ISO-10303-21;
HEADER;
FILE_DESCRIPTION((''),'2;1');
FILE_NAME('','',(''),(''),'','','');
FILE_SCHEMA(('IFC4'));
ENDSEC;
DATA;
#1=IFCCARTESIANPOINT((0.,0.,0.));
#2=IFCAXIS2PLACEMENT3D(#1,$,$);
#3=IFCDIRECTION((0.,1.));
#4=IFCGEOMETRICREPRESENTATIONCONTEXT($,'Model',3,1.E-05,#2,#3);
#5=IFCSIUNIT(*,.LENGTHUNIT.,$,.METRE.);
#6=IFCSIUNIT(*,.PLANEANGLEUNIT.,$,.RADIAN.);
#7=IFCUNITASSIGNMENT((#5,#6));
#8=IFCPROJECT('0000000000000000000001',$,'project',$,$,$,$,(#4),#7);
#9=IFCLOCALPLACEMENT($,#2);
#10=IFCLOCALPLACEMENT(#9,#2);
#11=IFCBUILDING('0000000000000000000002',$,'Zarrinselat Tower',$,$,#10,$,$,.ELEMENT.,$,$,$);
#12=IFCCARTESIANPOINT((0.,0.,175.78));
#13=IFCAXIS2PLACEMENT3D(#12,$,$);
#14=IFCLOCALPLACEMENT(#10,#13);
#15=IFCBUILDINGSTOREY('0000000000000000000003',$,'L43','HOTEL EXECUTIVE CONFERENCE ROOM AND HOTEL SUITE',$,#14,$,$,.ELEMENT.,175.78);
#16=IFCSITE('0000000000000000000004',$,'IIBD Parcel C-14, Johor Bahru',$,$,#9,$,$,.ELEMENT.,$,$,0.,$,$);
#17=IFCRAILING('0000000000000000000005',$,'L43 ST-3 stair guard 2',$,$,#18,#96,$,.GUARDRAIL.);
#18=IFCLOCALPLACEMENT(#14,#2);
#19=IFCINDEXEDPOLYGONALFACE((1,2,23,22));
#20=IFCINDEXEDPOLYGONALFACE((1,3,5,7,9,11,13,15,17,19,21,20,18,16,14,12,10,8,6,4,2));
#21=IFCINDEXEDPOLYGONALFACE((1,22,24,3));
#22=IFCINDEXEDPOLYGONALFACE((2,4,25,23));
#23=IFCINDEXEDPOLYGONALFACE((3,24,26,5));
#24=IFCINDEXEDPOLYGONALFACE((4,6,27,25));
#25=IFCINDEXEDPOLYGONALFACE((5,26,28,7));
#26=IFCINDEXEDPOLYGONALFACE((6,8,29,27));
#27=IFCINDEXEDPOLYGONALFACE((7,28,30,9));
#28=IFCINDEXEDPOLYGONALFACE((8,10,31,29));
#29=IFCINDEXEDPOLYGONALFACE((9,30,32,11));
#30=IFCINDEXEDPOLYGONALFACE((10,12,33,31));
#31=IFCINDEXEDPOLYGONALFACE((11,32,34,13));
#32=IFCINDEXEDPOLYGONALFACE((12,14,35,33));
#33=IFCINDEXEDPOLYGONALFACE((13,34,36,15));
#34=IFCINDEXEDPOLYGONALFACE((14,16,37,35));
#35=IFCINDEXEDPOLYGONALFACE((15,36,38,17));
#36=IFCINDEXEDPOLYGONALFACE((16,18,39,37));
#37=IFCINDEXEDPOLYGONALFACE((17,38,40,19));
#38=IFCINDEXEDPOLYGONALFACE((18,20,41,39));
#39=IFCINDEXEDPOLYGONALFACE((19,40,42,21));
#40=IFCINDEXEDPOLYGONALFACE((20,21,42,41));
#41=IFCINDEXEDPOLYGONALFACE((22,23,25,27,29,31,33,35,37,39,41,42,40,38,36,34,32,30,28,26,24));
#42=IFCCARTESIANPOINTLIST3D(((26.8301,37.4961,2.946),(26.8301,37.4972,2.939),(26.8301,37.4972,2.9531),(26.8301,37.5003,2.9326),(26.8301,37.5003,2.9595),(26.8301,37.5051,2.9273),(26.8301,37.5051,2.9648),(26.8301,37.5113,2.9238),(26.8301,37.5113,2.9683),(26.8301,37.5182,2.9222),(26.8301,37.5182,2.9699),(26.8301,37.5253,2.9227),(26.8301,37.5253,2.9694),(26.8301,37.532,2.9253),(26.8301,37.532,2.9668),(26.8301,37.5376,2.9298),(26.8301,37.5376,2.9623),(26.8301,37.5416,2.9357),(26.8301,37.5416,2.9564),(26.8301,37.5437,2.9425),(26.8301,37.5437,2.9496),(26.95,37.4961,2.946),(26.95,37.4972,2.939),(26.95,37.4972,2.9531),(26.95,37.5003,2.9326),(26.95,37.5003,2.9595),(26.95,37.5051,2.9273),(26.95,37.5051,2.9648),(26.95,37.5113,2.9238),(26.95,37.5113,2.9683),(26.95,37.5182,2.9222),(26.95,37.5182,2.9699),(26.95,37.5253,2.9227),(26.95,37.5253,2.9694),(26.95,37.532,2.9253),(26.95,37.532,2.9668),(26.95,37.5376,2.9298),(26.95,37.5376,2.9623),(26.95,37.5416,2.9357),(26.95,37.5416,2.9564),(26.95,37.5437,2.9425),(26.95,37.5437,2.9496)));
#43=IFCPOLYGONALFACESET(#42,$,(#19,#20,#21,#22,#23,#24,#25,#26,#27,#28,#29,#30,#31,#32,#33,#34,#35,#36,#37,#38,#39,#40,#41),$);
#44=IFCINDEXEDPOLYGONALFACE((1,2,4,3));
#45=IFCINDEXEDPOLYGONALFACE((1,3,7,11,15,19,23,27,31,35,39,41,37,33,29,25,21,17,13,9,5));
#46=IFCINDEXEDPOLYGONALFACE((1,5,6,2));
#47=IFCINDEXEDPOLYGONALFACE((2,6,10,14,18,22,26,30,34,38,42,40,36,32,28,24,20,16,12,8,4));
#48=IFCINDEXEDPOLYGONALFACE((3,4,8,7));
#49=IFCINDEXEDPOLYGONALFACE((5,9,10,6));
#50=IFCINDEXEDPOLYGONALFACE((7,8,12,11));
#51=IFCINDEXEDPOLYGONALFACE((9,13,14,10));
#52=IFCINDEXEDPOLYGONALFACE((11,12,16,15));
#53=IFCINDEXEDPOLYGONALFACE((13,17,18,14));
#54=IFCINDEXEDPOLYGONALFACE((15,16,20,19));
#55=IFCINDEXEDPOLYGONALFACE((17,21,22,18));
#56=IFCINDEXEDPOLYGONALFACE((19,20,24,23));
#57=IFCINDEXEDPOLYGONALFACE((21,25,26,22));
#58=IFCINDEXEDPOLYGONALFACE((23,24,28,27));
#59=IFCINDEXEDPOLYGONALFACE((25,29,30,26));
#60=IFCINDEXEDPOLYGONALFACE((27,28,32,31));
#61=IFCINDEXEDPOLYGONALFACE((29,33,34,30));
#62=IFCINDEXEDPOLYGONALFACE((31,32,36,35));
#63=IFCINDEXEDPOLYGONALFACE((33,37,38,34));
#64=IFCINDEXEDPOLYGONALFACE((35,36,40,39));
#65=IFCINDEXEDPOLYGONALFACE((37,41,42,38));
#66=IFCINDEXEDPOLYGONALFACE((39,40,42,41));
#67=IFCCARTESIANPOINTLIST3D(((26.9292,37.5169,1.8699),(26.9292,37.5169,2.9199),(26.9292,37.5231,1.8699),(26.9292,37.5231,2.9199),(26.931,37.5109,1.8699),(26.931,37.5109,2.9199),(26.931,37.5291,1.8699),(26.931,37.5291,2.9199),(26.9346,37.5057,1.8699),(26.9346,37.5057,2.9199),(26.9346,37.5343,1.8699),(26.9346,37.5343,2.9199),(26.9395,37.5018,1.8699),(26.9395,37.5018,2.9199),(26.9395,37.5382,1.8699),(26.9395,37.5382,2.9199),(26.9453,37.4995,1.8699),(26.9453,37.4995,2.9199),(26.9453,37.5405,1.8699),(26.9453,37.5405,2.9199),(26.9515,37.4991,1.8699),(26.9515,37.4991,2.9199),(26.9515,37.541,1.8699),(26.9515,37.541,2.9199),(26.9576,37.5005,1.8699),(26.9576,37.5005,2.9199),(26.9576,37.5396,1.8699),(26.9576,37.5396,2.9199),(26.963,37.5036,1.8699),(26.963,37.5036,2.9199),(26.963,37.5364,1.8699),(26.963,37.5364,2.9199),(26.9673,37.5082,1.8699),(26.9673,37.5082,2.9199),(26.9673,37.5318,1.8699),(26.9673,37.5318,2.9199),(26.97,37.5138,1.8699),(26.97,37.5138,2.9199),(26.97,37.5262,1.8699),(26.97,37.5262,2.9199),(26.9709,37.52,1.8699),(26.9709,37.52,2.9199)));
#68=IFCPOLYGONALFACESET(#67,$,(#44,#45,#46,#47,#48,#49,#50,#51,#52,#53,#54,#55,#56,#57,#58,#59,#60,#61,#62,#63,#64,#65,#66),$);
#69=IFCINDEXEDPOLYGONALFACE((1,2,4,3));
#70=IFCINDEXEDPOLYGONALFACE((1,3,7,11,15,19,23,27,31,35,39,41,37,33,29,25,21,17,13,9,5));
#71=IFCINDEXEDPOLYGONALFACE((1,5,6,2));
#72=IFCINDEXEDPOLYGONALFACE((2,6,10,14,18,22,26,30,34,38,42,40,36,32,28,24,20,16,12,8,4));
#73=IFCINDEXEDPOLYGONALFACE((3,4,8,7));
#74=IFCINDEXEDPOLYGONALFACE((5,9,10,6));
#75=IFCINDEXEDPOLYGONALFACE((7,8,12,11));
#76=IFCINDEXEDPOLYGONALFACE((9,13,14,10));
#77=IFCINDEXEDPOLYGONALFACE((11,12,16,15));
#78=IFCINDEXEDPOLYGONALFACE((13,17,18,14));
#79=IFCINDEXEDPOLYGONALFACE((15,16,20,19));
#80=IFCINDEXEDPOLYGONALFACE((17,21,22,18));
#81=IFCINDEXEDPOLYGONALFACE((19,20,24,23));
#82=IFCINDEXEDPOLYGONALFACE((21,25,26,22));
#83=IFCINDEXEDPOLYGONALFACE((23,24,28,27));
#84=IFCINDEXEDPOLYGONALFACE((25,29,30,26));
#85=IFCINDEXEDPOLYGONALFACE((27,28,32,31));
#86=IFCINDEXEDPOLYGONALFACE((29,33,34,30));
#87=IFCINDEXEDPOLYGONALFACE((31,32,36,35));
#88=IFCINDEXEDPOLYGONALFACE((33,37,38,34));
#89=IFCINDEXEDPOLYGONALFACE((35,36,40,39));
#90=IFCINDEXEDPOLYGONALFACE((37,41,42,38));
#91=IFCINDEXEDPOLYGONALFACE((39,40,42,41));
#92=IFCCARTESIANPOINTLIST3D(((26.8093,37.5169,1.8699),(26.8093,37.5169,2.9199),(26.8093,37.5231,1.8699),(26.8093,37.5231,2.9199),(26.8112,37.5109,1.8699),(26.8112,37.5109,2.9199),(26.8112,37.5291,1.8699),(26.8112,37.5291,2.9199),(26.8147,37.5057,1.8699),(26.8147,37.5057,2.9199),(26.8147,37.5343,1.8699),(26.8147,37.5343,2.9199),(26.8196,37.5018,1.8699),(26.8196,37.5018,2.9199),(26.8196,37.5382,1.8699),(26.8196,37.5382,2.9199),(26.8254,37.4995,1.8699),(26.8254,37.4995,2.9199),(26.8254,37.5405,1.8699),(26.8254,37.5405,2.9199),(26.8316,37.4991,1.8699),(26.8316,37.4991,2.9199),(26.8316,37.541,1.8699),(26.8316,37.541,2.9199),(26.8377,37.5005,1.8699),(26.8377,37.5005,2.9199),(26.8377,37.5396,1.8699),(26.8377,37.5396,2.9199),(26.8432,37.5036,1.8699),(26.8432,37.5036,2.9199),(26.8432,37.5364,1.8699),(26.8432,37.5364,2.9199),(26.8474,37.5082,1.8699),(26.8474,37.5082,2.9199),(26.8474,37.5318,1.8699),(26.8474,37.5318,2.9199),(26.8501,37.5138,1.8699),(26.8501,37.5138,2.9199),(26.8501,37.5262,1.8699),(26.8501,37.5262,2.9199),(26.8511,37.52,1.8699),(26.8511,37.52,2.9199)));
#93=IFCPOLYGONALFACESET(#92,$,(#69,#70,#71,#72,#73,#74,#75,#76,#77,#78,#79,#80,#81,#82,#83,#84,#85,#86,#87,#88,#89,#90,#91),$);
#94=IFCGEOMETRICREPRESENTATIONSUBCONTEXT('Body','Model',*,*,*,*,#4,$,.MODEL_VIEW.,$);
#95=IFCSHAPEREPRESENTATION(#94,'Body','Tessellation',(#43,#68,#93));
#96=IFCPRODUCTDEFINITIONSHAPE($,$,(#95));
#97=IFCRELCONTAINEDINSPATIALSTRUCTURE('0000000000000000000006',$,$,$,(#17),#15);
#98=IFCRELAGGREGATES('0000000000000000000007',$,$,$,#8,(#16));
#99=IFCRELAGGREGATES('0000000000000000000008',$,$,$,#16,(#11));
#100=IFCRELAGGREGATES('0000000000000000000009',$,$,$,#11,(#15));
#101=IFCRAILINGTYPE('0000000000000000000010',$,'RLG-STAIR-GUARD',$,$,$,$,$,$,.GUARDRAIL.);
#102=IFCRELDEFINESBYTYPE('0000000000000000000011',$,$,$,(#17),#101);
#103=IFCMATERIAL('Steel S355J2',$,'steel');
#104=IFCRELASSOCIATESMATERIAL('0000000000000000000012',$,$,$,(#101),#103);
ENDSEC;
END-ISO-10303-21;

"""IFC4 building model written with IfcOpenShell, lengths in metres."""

from ifc_helpers import new_model, si_unit, direction, frame, origin, origin_2d, place, context, subcontext, project, spatial, circle, extrude, material, type_object, element, save


model = new_model("IFC4")

# Units and contexts
model_context = context("Model", 3, precision=1e-05, world=origin(), true_north=direction((0.0, 1.0)))
body_context = subcontext(model_context, "Body", "Model", "MODEL_VIEW")
ifc_project = project(units=[si_unit("LENGTHUNIT", "METRE"), si_unit("PLANEANGLEUNIT", "RADIAN")], contexts=[model_context])

# Site, building, storey
site_placement = place(None, origin())
site = spatial("IfcSite", under=ifc_project, at=site_placement, Name="IIBD Parcel C-14, Johor Bahru", CompositionType="ELEMENT", RefElevation=0.0)
building_placement = place(site_placement, origin())
building = spatial("IfcBuilding", under=site, at=building_placement, Name="Zarrinselat Tower", CompositionType="ELEMENT")
storey_placement = place(building_placement, frame((0.0, 0.0, 175.78)))
storey = spatial("IfcBuildingStorey", under=building, at=storey_placement, Name="L43", Description="HOTEL EXECUTIVE CONFERENCE ROOM AND HOTEL SUITE", CompositionType="ELEMENT", Elevation=175.78)

# Railing
ifc_material_1 = material(Name="Steel S355J2", Category="steel")
railing_type_1 = type_object("IfcRailingType", Name="RLG-STAIR-GUARD", PredefinedType="GUARDRAIL", material=ifc_material_1)
railing_1_placement = place(storey_placement, frame((26.95, 37.52, 1.8699)))
element("IfcRailing", 1, at=railing_1_placement, inside=storey, type_object=railing_type_1, Name="L43 ST-3 stair guard 2", PredefinedType="GUARDRAIL", context=body_context, shape_type="SweptSolid", body=[
    extrude(circle(Radius=0.0239, at=origin_2d()), frame((0.0, 0.0, 1.0762), z_axis=(-1.0, 0.0, 0.0), x_axis=(0.0, -1.0, 0.0)), (0.0, 0.0, 1.0), 0.1199),
    extrude(circle(Radius=0.021, at=origin_2d()), origin(), (0.0, 0.0, 1.0), 1.05),
    extrude(circle(Radius=0.021, at=origin_2d()), frame((-0.1199, 0.0, 0.0)), (0.0, 0.0, 1.0), 1.05),
])

save(model, "model.ifc")
